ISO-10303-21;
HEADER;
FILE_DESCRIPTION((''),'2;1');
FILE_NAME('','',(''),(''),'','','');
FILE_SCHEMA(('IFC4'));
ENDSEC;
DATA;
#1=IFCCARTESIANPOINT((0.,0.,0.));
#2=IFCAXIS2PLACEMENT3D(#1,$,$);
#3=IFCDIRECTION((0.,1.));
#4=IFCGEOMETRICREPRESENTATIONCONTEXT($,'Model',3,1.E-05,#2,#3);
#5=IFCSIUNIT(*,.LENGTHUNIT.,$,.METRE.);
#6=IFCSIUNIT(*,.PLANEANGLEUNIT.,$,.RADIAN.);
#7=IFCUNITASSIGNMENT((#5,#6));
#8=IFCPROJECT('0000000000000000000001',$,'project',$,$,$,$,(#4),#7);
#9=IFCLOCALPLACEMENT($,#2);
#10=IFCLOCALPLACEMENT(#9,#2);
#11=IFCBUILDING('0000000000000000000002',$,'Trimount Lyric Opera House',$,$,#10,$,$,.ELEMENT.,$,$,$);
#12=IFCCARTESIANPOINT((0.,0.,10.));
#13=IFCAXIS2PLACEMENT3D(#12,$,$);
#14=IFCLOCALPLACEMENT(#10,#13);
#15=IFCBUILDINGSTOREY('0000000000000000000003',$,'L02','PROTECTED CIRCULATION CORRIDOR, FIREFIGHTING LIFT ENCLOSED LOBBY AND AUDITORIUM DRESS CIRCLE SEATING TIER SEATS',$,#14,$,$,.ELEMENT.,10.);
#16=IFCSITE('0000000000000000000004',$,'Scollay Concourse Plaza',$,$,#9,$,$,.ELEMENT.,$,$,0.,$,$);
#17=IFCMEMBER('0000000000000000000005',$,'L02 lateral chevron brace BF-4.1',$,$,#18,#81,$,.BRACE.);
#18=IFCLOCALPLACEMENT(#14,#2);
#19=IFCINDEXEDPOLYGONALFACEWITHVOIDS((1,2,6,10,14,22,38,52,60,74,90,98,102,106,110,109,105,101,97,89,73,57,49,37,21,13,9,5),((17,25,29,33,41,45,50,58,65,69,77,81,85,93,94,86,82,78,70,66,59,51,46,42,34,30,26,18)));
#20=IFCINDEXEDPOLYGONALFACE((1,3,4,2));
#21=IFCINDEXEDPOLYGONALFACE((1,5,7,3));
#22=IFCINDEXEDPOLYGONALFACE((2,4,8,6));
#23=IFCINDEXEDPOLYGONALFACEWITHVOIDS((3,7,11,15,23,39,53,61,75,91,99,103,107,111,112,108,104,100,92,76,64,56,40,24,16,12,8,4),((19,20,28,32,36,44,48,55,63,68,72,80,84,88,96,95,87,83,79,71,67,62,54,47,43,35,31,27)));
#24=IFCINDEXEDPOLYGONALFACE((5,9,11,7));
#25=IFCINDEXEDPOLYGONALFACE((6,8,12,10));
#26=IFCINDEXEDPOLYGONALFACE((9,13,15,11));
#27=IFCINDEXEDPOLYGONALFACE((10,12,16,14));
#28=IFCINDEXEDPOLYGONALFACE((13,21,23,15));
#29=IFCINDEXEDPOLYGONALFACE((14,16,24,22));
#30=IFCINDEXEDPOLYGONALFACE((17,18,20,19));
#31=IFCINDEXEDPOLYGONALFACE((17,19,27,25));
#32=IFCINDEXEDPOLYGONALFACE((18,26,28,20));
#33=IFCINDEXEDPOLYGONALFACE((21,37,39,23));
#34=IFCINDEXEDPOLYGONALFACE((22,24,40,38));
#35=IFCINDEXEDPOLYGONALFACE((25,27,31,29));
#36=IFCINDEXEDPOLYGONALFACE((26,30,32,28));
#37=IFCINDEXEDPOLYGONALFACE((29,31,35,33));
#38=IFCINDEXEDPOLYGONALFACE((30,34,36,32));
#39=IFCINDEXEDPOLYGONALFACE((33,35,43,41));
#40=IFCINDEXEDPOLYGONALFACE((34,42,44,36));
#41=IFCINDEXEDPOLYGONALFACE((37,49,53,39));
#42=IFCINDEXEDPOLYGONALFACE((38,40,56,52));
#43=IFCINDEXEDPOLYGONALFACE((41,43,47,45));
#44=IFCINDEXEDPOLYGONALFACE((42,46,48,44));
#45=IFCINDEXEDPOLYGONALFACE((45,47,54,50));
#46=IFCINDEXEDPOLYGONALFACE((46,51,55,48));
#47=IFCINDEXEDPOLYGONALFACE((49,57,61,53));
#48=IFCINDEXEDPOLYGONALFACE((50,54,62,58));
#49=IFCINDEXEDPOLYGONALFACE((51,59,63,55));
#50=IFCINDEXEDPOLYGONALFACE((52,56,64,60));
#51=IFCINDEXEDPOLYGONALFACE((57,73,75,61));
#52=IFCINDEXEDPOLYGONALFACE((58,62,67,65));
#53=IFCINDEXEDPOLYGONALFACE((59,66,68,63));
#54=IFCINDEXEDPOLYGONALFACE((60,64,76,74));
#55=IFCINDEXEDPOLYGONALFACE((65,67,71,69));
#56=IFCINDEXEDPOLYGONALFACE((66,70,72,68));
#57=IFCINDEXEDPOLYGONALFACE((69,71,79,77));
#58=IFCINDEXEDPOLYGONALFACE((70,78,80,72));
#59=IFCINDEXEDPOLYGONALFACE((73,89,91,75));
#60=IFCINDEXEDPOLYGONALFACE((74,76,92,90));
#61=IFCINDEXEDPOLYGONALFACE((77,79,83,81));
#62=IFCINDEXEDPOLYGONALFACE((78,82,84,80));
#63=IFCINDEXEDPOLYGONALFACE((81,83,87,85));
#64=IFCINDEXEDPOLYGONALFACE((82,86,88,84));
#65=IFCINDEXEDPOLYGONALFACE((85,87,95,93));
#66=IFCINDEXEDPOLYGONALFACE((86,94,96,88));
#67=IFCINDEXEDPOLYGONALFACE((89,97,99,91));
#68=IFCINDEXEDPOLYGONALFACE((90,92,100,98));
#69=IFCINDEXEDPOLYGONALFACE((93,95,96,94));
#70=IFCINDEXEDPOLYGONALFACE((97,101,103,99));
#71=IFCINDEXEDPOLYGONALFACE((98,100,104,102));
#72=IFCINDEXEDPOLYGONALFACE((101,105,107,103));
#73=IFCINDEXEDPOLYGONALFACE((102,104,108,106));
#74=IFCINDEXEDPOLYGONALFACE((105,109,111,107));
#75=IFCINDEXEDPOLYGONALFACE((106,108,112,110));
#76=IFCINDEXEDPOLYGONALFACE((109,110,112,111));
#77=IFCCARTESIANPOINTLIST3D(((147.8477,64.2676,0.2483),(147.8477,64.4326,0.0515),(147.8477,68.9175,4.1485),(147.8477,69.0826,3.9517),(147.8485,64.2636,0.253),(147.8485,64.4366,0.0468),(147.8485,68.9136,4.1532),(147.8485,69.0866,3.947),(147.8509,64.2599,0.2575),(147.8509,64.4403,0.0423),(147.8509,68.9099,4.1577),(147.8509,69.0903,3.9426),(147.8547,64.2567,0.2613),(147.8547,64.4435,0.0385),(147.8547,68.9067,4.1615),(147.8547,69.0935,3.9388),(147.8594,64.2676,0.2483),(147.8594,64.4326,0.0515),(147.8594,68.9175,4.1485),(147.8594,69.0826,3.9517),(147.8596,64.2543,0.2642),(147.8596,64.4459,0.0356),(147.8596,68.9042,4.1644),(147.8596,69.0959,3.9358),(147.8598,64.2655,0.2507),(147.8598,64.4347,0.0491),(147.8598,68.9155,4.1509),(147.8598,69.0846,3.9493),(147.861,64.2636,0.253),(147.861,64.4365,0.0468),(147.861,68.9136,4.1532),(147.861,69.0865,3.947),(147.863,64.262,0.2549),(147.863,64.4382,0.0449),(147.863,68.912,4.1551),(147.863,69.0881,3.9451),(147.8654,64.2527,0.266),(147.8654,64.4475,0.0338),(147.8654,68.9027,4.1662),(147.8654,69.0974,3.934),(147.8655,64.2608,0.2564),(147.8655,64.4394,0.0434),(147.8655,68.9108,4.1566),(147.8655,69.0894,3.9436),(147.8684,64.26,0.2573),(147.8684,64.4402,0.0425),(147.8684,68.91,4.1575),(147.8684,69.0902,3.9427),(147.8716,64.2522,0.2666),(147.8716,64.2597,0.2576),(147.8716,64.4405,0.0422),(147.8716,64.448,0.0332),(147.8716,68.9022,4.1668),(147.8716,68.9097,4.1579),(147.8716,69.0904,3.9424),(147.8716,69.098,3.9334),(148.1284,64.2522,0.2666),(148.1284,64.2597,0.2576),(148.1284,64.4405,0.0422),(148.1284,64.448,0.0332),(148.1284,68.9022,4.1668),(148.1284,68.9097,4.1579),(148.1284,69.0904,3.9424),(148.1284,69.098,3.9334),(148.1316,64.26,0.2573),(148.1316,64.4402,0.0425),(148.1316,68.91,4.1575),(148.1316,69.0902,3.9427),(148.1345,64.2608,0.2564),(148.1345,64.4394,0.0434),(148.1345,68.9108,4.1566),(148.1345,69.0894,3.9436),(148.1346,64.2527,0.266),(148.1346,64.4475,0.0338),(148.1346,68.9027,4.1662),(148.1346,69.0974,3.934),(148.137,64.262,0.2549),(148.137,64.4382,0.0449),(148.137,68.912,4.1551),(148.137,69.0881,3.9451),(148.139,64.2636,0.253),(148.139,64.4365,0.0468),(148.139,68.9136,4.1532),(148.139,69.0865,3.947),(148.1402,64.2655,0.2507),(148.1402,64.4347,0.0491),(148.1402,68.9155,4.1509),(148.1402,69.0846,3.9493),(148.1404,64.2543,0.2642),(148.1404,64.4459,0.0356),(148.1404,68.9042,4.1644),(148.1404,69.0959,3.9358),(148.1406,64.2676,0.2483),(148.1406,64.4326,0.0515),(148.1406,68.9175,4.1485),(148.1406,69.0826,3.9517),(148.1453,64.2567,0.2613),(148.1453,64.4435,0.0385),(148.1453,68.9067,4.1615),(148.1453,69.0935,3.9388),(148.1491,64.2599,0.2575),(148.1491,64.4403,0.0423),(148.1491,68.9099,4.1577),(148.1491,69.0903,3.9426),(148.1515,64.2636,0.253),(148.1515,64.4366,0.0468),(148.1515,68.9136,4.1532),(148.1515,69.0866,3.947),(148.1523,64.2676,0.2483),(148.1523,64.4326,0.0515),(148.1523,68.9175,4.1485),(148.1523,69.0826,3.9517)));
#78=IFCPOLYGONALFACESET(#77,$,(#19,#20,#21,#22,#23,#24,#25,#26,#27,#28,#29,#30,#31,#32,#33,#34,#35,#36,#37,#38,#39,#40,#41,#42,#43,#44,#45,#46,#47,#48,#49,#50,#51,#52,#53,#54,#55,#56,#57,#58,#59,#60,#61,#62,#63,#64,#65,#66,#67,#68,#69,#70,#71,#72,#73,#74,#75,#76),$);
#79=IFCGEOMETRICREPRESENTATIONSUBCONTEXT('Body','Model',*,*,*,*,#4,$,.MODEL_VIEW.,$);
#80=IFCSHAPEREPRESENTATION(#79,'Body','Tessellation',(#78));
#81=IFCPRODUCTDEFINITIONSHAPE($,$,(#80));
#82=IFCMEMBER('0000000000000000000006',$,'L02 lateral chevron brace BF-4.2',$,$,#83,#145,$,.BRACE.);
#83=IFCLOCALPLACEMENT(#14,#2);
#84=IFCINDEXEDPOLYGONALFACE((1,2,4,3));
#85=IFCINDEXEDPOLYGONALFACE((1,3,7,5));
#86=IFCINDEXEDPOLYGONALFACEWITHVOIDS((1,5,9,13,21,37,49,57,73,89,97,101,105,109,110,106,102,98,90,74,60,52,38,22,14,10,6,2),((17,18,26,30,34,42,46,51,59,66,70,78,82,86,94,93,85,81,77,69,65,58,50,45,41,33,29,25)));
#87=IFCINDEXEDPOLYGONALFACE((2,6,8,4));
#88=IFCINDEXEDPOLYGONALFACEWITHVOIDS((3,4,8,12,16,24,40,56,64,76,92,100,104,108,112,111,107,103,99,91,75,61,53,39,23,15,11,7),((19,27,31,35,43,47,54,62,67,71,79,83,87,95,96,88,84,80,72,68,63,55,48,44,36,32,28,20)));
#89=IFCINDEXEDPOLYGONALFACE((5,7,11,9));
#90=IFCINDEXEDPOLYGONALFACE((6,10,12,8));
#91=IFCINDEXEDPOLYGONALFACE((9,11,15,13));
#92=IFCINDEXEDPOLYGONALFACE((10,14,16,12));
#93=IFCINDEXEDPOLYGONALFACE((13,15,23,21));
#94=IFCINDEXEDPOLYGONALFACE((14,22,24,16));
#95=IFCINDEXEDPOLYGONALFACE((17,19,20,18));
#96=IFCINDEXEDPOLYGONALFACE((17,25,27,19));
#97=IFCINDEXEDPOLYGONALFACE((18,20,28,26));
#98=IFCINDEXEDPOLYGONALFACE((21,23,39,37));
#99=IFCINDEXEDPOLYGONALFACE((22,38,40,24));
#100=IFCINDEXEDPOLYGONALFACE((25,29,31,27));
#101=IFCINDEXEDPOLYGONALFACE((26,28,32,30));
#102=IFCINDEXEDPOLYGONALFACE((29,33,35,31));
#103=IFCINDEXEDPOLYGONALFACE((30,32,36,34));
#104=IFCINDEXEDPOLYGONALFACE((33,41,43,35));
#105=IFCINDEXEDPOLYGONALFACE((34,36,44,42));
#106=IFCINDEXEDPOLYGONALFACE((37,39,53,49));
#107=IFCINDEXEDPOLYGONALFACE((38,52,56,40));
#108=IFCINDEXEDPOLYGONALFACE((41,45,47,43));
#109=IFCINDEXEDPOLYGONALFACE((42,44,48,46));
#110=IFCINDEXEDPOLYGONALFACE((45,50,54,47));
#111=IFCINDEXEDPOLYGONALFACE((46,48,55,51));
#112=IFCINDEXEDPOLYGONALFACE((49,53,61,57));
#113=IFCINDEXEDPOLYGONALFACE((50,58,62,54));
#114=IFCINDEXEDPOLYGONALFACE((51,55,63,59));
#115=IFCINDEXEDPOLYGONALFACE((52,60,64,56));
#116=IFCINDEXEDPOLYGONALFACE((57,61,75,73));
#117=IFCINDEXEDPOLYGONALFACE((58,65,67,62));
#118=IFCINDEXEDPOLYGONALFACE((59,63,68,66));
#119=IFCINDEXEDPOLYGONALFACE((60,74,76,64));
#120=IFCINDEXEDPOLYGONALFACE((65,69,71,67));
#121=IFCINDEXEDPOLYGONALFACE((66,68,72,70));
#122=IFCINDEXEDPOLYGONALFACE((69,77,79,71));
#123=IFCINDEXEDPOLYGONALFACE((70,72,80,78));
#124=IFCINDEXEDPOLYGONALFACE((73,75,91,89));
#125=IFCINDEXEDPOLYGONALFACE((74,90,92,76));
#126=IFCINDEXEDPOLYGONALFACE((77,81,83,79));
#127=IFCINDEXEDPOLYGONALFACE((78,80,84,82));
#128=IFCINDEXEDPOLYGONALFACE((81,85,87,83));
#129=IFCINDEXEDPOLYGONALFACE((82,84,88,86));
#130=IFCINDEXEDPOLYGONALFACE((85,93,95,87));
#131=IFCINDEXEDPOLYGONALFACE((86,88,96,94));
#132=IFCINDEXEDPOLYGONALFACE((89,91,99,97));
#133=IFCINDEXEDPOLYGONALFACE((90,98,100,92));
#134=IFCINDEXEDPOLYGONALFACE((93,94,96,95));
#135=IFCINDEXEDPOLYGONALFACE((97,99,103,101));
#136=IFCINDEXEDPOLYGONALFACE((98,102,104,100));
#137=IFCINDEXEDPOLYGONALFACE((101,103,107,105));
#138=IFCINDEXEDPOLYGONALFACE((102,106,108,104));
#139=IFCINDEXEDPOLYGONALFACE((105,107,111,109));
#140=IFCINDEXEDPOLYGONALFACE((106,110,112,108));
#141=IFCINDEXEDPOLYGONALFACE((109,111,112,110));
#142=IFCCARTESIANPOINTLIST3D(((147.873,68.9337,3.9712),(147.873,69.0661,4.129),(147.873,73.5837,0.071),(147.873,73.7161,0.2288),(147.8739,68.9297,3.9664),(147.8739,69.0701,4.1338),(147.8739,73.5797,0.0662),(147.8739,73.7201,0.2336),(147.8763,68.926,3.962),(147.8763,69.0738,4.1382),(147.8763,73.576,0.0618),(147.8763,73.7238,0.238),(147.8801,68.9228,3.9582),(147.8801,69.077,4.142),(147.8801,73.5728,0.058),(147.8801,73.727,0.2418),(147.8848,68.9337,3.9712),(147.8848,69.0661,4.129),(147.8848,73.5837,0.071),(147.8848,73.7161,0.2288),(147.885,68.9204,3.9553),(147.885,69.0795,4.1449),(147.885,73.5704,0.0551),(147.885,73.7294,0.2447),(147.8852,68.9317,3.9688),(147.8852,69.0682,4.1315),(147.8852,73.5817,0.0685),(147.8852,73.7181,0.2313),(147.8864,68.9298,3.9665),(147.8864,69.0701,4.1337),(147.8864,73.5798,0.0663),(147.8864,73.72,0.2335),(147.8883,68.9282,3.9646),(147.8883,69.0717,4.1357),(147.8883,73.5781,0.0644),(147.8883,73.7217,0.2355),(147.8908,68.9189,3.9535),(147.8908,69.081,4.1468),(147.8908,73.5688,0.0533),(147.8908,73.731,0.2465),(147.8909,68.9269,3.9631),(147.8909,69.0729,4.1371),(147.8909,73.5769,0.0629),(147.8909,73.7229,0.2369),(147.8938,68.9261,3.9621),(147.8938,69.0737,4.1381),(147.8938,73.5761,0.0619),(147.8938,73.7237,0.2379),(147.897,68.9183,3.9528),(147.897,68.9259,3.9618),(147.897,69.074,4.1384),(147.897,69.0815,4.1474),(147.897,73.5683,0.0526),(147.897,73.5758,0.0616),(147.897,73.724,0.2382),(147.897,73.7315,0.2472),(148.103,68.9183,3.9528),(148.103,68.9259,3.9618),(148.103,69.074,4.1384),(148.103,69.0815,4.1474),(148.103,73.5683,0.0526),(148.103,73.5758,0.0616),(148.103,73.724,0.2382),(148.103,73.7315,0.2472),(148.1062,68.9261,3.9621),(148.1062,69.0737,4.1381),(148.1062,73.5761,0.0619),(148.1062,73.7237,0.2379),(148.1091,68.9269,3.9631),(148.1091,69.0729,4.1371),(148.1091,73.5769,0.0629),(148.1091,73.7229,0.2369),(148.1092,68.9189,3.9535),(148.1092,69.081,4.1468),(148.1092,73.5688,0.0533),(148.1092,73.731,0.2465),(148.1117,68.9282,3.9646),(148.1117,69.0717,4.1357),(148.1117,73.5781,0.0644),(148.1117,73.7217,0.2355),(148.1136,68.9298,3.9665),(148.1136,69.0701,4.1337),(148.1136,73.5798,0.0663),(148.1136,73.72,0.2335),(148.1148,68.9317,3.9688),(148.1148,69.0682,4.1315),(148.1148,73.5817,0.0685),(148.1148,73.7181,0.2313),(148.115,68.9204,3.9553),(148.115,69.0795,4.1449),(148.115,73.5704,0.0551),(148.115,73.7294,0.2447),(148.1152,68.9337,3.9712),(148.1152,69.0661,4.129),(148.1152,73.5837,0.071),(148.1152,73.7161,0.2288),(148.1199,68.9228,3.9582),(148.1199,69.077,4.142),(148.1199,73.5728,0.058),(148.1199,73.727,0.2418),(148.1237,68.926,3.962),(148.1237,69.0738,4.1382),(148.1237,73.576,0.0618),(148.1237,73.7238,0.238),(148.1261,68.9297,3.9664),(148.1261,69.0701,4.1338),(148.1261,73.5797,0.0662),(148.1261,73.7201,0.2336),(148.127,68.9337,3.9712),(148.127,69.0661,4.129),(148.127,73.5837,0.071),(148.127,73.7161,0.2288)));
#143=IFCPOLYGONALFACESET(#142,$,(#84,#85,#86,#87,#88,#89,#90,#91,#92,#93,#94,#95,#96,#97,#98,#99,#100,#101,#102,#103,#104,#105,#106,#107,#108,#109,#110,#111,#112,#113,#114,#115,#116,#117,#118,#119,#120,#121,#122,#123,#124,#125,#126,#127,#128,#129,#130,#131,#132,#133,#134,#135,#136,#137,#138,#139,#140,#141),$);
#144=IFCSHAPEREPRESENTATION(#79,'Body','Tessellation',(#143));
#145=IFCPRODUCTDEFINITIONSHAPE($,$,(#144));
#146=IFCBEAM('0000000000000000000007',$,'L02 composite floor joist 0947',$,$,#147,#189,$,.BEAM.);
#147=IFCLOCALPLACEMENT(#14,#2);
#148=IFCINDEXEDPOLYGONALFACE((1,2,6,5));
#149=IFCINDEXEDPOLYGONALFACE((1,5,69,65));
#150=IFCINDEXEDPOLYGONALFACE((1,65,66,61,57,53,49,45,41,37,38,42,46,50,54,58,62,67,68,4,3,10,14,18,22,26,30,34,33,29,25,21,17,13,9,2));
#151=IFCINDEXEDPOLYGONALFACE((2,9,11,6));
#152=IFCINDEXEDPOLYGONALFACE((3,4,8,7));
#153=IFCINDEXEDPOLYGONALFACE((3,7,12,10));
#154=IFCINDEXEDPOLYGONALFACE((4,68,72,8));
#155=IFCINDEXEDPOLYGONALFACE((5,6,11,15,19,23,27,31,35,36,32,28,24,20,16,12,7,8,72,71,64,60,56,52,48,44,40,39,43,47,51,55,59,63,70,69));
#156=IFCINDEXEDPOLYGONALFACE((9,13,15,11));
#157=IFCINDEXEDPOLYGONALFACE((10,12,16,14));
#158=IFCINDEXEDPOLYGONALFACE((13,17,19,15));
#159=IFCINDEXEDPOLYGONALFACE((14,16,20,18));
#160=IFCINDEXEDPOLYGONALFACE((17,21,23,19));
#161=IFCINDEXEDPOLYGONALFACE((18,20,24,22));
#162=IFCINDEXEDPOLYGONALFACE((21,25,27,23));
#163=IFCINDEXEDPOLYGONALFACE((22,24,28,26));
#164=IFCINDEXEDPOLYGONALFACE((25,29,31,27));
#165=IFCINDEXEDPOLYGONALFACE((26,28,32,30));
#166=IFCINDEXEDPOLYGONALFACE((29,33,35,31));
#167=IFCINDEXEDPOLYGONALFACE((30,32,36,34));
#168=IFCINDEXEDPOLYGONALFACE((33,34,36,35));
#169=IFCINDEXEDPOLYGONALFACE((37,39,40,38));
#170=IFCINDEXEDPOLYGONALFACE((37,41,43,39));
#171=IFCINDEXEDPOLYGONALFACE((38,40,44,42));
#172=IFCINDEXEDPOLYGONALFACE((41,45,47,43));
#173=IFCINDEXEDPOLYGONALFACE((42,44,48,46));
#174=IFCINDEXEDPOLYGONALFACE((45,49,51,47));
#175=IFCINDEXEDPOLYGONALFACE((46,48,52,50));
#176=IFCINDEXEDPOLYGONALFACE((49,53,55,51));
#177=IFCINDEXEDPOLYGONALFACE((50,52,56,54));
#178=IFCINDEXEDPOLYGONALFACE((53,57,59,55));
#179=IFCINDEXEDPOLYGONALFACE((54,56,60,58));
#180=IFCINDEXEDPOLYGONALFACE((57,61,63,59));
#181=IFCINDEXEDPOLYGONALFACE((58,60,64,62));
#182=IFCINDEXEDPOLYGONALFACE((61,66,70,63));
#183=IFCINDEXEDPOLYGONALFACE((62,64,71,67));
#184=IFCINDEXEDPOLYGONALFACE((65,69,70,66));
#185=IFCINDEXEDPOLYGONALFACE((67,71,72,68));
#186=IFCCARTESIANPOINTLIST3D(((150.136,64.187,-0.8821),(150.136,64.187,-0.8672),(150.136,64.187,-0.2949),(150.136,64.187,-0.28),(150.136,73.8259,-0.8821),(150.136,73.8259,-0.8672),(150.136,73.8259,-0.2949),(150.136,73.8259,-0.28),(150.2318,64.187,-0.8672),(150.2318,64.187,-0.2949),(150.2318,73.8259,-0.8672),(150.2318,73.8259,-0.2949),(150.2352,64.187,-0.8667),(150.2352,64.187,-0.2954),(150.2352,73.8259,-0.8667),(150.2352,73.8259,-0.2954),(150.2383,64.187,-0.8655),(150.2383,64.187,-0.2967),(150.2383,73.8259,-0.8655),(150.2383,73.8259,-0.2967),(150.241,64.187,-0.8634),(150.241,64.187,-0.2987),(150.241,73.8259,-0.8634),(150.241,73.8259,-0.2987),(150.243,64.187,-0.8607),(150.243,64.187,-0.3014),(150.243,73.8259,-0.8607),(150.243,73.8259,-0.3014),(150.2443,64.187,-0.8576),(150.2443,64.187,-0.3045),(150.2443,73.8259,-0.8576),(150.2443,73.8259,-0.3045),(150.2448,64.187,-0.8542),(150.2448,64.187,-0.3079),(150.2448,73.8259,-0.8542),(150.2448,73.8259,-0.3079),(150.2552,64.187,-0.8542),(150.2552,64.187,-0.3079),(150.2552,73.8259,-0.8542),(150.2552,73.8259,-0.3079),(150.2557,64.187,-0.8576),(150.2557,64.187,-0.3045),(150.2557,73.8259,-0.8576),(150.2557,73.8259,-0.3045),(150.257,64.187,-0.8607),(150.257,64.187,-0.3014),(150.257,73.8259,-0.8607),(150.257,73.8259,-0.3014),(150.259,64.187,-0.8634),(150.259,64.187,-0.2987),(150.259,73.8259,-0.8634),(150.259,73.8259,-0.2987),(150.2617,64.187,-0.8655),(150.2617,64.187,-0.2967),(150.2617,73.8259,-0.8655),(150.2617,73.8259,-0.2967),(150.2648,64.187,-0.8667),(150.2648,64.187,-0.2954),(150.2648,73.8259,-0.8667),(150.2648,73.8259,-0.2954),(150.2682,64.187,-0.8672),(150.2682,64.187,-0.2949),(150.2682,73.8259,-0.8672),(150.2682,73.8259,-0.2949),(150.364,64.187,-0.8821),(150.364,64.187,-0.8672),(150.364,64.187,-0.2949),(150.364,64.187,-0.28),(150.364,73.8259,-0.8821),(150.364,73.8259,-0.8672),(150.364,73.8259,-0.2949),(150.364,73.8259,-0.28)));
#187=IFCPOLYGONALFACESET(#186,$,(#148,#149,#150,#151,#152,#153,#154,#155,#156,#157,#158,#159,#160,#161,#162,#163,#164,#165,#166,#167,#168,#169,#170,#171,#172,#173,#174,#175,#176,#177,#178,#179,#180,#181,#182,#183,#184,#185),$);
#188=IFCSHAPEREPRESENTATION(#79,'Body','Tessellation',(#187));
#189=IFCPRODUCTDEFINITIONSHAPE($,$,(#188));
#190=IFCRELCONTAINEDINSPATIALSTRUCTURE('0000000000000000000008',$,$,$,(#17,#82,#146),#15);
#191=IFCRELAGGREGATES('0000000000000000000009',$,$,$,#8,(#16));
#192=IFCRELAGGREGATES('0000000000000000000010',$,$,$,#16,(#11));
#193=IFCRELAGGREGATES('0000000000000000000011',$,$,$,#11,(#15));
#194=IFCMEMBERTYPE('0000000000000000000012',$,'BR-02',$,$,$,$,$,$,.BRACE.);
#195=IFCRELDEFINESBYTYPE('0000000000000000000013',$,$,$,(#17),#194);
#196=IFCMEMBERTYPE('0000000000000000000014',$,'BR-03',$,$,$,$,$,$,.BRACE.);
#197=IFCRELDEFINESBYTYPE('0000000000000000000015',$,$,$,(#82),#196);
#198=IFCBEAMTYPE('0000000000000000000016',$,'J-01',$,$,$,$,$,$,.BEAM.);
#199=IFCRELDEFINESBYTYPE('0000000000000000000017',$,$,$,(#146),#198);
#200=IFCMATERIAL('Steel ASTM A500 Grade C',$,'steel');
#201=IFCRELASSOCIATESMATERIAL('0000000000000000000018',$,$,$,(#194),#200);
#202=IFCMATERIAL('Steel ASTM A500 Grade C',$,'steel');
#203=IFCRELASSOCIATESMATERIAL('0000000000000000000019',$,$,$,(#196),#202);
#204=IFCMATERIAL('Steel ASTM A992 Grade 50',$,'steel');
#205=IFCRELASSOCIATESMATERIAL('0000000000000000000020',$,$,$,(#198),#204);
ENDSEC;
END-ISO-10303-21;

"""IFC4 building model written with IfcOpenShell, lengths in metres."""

from ifc_helpers import new_model, si_unit, direction, frame, origin, origin_2d, place, context, subcontext, project, spatial, hollow_rectangle, i_section, extrude, material, material_profile, profile_set, type_object, element, save


model = new_model("IFC4")

# Units and contexts
model_context = context("Model", 3, precision=1e-05, world=origin(), true_north=direction((0.0, 1.0)))
body_context = subcontext(model_context, "Body", "Model", "MODEL_VIEW")
ifc_project = project(units=[si_unit("LENGTHUNIT", "METRE"), si_unit("PLANEANGLEUNIT", "RADIAN")], contexts=[model_context])

# Site, building, storey
site_placement = place(None, origin())
site = spatial("IfcSite", under=ifc_project, at=site_placement, Name="Scollay Concourse Plaza", CompositionType="ELEMENT", RefElevation=0.0)
building_placement = place(site_placement, origin())
building = spatial("IfcBuilding", under=site, at=building_placement, Name="Trimount Lyric Opera House", CompositionType="ELEMENT")
storey_placement = place(building_placement, frame((0.0, 0.0, 10.0)))
storey = spatial("IfcBuildingStorey", under=building, at=storey_placement, Name="L02", Description="PROTECTED CIRCULATION CORRIDOR, FIREFIGHTING LIFT ENCLOSED LOBBY AND AUDITORIUM DRESS CIRCLE SEATING TIER SEATS", CompositionType="ELEMENT", Elevation=10.0)

# Members
ifc_material_1 = material(Name="Steel ASTM A500 Grade C", Category="steel")
ifc_material_profile_1 = material_profile(ifc_material_1, hollow_rectangle(XDim=0.3047, YDim=0.3047, WallThickness=0.0117, InnerFilletRadius=0.0122, OuterFilletRadius=0.0239, at=origin_2d()), Name="HSS304.8X304.8X12.7")
ifc_profile_set_1 = profile_set([ifc_material_profile_1], Name="Steel ASTM A500 Grade C")
member_type_1 = type_object("IfcMemberType", Name="BR-02", PredefinedType="BRACE", material=ifc_profile_set_1)
member_1_placement = place(storey_placement, frame((148.0, 64.3501, 0.1499), z_axis=(0.0, 0.766173, 0.642634), x_axis=(-1.0, 0.0, 0.0)))
element("IfcMember", 1, at=member_1_placement, inside=storey, type_object=member_type_1, Name="L02 lateral chevron brace BF-4.1", PredefinedType="BRACE", context=body_context, shape_type="SweptSolid", body=[
    extrude(hollow_rectangle(XDim=0.3047, YDim=0.3047, WallThickness=0.0117, InnerFilletRadius=0.0122, OuterFilletRadius=0.0239, at=origin_2d()), origin(), (0.0, 0.0, 1.0), 6.0691),
])
ifc_material_2 = material(Name="Steel ASTM A500 Grade C", Category="steel")
ifc_material_profile_2 = material_profile(ifc_material_2, hollow_rectangle(XDim=0.2539, YDim=0.2539, WallThickness=0.0117, InnerFilletRadius=0.0122, OuterFilletRadius=0.0239, at=origin_2d()), Name="HSS254.0X254.0X12.7")
ifc_profile_set_2 = profile_set([ifc_material_profile_2], Name="Steel ASTM A500 Grade C")
member_type_2 = type_object("IfcMemberType", Name="BR-03", PredefinedType="BRACE", material=ifc_profile_set_2)
member_2_placement = place(storey_placement, frame((148.0, 73.6499, 0.1499), z_axis=(0.0, -0.766173, 0.642634), x_axis=(1.0, 0.0, 0.0)))
element("IfcMember", 2, at=member_2_placement, inside=storey, type_object=member_type_2, Name="L02 lateral chevron brace BF-4.2", PredefinedType="BRACE", context=body_context, shape_type="SweptSolid", body=[
    extrude(hollow_rectangle(XDim=0.2539, YDim=0.2539, WallThickness=0.0117, InnerFilletRadius=0.0122, OuterFilletRadius=0.0239, at=origin_2d()), origin(), (0.0, 0.0, 1.0), 6.0691),
])

# Beam
ifc_material_3 = material(Name="Steel ASTM A992 Grade 50", Category="steel")
ifc_material_profile_3 = material_profile(ifc_material_3, i_section(OverallWidth=0.228, OverallDepth=0.6021, WebThickness=0.0105, FlangeThickness=0.0149, FilletRadius=0.0129, at=origin_2d()), Name="W24X68")
ifc_profile_set_3 = profile_set([ifc_material_profile_3], Name="Steel ASTM A992 Grade 50")
beam_type_1 = type_object("IfcBeamType", Name="J-01", PredefinedType="BEAM", material=ifc_profile_set_3)
beam_1_placement = place(storey_placement, frame((150.25, 64.187, -0.5811), z_axis=(0.0, 1.0, 0.0), x_axis=(-1.0, 0.0, 0.0)))
element("IfcBeam", 3, at=beam_1_placement, inside=storey, type_object=beam_type_1, Name="L02 composite floor joist 0947", PredefinedType="BEAM", context=body_context, shape_type="SweptSolid", body=[
    extrude(i_section(OverallWidth=0.228, OverallDepth=0.6021, WebThickness=0.0105, FlangeThickness=0.0149, FilletRadius=0.0129, at=origin_2d()), origin(), (0.0, 0.0, 1.0), 9.6389),
])

save(model, "model.ifc")
